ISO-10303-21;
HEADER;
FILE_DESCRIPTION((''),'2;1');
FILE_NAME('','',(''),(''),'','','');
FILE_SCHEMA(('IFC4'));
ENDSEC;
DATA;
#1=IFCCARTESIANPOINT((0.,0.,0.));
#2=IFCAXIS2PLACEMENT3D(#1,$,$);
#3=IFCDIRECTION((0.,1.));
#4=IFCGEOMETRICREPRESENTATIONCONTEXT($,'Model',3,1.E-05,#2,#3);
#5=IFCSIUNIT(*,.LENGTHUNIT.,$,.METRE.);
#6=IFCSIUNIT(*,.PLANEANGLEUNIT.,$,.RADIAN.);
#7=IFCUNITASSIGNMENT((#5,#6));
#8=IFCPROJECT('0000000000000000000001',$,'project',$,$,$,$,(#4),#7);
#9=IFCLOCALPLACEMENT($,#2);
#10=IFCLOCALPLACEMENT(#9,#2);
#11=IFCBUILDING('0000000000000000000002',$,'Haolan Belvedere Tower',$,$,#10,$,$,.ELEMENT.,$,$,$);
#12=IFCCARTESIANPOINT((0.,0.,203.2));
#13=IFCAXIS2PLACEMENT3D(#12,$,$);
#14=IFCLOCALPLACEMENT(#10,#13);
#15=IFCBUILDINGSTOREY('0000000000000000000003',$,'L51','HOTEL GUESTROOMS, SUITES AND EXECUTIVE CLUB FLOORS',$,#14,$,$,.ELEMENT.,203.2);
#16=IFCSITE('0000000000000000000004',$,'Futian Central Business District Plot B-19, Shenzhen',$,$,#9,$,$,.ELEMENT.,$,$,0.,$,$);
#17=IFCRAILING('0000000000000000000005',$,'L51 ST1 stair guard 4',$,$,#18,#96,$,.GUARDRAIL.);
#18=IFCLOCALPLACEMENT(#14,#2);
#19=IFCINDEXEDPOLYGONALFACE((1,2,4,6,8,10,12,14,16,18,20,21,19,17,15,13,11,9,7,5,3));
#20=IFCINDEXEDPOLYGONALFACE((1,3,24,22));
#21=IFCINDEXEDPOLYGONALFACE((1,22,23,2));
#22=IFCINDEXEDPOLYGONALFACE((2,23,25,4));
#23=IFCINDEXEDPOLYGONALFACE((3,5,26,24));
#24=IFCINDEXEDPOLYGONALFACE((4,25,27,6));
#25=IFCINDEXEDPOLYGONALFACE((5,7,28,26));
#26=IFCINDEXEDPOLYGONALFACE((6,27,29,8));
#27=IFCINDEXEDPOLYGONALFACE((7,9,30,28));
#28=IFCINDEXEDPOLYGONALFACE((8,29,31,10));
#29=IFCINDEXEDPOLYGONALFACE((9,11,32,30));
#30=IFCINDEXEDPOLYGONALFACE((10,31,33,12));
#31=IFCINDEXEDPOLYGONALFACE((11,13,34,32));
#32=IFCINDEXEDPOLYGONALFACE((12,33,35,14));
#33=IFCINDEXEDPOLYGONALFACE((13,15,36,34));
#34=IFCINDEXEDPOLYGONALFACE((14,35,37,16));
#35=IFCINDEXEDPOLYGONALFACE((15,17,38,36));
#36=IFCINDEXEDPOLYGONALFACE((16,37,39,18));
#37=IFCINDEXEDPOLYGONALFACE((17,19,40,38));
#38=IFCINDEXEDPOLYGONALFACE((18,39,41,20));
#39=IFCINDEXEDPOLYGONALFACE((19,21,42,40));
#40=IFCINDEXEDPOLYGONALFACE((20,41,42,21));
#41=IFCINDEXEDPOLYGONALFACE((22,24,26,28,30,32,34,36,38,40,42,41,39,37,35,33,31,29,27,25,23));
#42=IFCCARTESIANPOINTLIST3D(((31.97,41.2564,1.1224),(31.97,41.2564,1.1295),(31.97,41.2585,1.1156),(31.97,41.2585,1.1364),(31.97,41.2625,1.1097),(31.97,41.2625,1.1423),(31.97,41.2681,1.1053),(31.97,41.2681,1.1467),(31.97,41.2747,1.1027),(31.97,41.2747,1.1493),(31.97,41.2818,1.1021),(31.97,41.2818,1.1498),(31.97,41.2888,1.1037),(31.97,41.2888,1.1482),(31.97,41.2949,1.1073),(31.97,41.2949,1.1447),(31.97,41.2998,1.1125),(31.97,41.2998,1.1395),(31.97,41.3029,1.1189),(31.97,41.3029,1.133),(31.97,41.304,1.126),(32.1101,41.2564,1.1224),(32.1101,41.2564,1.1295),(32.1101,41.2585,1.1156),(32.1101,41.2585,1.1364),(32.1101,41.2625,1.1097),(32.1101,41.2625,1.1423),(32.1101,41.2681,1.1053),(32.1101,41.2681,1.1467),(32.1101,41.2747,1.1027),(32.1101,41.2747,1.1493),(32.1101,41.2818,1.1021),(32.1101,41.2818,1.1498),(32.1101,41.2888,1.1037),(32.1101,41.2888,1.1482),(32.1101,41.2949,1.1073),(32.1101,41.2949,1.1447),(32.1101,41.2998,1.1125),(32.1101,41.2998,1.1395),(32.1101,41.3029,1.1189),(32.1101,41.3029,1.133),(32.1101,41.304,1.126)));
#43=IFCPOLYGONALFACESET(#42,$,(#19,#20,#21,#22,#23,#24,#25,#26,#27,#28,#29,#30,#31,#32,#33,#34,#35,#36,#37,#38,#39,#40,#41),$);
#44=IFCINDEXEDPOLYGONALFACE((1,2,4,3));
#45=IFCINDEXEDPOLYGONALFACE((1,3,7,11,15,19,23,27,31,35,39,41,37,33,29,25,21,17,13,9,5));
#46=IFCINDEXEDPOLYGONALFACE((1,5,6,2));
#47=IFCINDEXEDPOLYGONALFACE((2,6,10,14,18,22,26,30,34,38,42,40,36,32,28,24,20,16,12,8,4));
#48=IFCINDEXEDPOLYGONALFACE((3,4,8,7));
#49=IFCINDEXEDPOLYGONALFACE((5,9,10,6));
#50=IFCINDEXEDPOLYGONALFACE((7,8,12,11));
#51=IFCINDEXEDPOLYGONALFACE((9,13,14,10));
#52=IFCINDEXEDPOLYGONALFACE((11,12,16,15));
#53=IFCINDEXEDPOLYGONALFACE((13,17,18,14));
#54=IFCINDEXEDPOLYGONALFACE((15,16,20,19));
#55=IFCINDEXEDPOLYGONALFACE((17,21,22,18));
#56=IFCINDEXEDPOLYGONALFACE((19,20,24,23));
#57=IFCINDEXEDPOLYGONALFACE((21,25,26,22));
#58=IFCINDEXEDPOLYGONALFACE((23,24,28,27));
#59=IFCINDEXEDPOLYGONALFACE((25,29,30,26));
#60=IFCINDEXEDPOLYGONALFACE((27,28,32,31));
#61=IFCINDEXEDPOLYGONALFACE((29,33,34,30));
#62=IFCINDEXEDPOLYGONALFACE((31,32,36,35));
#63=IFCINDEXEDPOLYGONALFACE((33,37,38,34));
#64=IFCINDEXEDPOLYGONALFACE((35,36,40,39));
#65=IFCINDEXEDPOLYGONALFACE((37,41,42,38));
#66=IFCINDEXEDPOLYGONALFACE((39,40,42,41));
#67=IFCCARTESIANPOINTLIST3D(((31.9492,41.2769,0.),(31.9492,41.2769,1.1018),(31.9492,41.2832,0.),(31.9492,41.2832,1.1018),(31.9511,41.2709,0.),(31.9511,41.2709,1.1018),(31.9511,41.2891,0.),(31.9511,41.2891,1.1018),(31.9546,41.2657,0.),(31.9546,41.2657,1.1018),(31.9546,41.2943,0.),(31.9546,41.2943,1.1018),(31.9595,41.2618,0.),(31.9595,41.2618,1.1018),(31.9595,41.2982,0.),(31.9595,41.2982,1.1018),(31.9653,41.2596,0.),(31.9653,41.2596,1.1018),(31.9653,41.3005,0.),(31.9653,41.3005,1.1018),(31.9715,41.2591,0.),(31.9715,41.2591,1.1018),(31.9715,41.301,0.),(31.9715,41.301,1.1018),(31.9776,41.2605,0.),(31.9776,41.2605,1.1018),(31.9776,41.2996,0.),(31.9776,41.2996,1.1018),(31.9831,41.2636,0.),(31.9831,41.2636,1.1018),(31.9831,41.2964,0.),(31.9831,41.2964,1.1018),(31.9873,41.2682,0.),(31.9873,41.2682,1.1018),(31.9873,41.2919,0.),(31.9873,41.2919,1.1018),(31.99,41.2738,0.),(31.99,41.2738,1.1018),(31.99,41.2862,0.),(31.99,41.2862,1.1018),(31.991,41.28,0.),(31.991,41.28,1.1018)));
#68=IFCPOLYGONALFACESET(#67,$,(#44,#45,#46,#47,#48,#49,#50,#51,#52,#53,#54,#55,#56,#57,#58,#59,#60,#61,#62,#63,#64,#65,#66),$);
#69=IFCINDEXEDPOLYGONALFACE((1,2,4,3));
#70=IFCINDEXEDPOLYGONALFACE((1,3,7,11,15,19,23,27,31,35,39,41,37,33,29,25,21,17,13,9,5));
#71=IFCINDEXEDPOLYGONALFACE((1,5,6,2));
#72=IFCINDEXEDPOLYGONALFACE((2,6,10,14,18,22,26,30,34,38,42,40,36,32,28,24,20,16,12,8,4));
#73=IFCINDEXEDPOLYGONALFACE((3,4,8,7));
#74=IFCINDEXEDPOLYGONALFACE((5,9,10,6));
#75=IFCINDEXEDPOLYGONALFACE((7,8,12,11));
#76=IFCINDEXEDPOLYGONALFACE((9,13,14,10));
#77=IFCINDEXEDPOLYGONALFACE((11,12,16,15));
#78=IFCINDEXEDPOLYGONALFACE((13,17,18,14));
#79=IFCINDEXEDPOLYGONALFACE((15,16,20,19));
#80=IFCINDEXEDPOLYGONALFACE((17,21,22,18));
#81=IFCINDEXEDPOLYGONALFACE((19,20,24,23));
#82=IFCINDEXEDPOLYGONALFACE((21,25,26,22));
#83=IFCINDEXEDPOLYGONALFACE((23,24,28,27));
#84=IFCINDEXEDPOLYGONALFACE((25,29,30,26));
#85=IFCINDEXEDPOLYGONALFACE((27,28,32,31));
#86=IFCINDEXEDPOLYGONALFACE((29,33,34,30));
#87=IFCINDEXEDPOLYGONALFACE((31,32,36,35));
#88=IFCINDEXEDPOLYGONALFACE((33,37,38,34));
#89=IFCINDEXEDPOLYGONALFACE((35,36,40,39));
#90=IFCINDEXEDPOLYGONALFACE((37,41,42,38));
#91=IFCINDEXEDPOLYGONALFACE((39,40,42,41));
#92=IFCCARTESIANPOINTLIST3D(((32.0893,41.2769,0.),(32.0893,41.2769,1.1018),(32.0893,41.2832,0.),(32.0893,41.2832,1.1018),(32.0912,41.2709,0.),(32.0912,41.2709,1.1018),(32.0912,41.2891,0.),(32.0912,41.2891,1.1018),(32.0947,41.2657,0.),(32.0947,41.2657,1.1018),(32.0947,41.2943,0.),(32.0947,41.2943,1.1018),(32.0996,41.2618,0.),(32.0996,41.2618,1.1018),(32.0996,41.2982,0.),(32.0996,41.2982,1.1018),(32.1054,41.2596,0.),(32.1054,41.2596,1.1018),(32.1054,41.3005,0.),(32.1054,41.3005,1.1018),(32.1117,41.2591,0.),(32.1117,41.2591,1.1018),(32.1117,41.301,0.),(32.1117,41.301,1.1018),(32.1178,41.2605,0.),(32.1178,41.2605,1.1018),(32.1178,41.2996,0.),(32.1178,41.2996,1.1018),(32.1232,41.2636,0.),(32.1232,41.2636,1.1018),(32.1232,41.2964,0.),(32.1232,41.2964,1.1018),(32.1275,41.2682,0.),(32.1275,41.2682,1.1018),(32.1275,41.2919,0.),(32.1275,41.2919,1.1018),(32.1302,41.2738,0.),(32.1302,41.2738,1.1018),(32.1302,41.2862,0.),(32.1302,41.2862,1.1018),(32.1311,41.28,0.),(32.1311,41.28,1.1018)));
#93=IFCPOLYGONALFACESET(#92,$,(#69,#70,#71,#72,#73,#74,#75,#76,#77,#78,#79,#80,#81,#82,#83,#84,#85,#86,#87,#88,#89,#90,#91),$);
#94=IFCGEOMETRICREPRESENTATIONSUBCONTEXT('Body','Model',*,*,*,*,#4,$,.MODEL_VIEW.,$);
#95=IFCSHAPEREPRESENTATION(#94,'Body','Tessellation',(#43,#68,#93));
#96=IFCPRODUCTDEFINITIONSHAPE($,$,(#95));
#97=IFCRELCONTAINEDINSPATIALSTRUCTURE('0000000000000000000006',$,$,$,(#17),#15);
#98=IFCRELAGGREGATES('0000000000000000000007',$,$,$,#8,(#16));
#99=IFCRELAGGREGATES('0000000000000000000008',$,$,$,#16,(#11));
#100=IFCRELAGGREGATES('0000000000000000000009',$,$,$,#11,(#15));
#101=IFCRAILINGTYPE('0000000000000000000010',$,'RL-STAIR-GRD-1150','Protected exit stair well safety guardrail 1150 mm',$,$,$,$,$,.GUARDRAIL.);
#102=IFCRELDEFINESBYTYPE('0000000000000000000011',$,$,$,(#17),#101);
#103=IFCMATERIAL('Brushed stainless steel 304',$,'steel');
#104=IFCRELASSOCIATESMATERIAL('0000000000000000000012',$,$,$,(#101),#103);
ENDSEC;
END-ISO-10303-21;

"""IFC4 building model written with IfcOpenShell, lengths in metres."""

from ifc_helpers import new_model, si_unit, direction, frame, origin, origin_2d, place, context, subcontext, project, spatial, circle, extrude, material, type_object, element, save


model = new_model("IFC4")

# Units and contexts
model_context = context("Model", 3, precision=1e-05, world=origin(), true_north=direction((0.0, 1.0)))
body_context = subcontext(model_context, "Body", "Model", "MODEL_VIEW")
ifc_project = project(units=[si_unit("LENGTHUNIT", "METRE"), si_unit("PLANEANGLEUNIT", "RADIAN")], contexts=[model_context])

# Site, building, storey
site_placement = place(None, origin())
site = spatial("IfcSite", under=ifc_project, at=site_placement, Name="Futian Central Business District Plot B-19, Shenzhen", CompositionType="ELEMENT", RefElevation=0.0)
building_placement = place(site_placement, origin())
building = spatial("IfcBuilding", under=site, at=building_placement, Name="Haolan Belvedere Tower", CompositionType="ELEMENT")
storey_placement = place(building_placement, frame((0.0, 0.0, 203.2)))
storey = spatial("IfcBuildingStorey", under=building, at=storey_placement, Name="L51", Description="HOTEL GUESTROOMS, SUITES AND EXECUTIVE CLUB FLOORS", CompositionType="ELEMENT", Elevation=203.2)

# Railing
ifc_material_1 = material(Name="Brushed stainless steel 304", Category="steel")
railing_type_1 = type_object("IfcRailingType", Name="RL-STAIR-GRD-1150", Description="Protected exit stair well safety guardrail 1150 mm", PredefinedType="GUARDRAIL", material=ifc_material_1)
railing_1_placement = place(storey_placement, frame((31.97, 41.28, 0.0)))
element("IfcRailing", 1, at=railing_1_placement, inside=storey, type_object=railing_type_1, Name="L51 ST1 stair guard 4", PredefinedType="GUARDRAIL", context=body_context, shape_type="SweptSolid", body=[
    extrude(circle(Radius=0.0239, at=origin_2d()), frame((0.0, 0.0, 1.126), z_axis=(1.0, 0.0, 0.0), x_axis=(0.0, 1.0, 0.0)), (0.0, 0.0, 1.0), 0.1401),
    extrude(circle(Radius=0.021, at=origin_2d()), origin(), (0.0, 0.0, 1.0), 1.1018),
    extrude(circle(Radius=0.021, at=origin_2d()), frame((0.1401, 0.0, 0.0)), (0.0, 0.0, 1.0), 1.1018),
])

save(model, "model.ifc")
